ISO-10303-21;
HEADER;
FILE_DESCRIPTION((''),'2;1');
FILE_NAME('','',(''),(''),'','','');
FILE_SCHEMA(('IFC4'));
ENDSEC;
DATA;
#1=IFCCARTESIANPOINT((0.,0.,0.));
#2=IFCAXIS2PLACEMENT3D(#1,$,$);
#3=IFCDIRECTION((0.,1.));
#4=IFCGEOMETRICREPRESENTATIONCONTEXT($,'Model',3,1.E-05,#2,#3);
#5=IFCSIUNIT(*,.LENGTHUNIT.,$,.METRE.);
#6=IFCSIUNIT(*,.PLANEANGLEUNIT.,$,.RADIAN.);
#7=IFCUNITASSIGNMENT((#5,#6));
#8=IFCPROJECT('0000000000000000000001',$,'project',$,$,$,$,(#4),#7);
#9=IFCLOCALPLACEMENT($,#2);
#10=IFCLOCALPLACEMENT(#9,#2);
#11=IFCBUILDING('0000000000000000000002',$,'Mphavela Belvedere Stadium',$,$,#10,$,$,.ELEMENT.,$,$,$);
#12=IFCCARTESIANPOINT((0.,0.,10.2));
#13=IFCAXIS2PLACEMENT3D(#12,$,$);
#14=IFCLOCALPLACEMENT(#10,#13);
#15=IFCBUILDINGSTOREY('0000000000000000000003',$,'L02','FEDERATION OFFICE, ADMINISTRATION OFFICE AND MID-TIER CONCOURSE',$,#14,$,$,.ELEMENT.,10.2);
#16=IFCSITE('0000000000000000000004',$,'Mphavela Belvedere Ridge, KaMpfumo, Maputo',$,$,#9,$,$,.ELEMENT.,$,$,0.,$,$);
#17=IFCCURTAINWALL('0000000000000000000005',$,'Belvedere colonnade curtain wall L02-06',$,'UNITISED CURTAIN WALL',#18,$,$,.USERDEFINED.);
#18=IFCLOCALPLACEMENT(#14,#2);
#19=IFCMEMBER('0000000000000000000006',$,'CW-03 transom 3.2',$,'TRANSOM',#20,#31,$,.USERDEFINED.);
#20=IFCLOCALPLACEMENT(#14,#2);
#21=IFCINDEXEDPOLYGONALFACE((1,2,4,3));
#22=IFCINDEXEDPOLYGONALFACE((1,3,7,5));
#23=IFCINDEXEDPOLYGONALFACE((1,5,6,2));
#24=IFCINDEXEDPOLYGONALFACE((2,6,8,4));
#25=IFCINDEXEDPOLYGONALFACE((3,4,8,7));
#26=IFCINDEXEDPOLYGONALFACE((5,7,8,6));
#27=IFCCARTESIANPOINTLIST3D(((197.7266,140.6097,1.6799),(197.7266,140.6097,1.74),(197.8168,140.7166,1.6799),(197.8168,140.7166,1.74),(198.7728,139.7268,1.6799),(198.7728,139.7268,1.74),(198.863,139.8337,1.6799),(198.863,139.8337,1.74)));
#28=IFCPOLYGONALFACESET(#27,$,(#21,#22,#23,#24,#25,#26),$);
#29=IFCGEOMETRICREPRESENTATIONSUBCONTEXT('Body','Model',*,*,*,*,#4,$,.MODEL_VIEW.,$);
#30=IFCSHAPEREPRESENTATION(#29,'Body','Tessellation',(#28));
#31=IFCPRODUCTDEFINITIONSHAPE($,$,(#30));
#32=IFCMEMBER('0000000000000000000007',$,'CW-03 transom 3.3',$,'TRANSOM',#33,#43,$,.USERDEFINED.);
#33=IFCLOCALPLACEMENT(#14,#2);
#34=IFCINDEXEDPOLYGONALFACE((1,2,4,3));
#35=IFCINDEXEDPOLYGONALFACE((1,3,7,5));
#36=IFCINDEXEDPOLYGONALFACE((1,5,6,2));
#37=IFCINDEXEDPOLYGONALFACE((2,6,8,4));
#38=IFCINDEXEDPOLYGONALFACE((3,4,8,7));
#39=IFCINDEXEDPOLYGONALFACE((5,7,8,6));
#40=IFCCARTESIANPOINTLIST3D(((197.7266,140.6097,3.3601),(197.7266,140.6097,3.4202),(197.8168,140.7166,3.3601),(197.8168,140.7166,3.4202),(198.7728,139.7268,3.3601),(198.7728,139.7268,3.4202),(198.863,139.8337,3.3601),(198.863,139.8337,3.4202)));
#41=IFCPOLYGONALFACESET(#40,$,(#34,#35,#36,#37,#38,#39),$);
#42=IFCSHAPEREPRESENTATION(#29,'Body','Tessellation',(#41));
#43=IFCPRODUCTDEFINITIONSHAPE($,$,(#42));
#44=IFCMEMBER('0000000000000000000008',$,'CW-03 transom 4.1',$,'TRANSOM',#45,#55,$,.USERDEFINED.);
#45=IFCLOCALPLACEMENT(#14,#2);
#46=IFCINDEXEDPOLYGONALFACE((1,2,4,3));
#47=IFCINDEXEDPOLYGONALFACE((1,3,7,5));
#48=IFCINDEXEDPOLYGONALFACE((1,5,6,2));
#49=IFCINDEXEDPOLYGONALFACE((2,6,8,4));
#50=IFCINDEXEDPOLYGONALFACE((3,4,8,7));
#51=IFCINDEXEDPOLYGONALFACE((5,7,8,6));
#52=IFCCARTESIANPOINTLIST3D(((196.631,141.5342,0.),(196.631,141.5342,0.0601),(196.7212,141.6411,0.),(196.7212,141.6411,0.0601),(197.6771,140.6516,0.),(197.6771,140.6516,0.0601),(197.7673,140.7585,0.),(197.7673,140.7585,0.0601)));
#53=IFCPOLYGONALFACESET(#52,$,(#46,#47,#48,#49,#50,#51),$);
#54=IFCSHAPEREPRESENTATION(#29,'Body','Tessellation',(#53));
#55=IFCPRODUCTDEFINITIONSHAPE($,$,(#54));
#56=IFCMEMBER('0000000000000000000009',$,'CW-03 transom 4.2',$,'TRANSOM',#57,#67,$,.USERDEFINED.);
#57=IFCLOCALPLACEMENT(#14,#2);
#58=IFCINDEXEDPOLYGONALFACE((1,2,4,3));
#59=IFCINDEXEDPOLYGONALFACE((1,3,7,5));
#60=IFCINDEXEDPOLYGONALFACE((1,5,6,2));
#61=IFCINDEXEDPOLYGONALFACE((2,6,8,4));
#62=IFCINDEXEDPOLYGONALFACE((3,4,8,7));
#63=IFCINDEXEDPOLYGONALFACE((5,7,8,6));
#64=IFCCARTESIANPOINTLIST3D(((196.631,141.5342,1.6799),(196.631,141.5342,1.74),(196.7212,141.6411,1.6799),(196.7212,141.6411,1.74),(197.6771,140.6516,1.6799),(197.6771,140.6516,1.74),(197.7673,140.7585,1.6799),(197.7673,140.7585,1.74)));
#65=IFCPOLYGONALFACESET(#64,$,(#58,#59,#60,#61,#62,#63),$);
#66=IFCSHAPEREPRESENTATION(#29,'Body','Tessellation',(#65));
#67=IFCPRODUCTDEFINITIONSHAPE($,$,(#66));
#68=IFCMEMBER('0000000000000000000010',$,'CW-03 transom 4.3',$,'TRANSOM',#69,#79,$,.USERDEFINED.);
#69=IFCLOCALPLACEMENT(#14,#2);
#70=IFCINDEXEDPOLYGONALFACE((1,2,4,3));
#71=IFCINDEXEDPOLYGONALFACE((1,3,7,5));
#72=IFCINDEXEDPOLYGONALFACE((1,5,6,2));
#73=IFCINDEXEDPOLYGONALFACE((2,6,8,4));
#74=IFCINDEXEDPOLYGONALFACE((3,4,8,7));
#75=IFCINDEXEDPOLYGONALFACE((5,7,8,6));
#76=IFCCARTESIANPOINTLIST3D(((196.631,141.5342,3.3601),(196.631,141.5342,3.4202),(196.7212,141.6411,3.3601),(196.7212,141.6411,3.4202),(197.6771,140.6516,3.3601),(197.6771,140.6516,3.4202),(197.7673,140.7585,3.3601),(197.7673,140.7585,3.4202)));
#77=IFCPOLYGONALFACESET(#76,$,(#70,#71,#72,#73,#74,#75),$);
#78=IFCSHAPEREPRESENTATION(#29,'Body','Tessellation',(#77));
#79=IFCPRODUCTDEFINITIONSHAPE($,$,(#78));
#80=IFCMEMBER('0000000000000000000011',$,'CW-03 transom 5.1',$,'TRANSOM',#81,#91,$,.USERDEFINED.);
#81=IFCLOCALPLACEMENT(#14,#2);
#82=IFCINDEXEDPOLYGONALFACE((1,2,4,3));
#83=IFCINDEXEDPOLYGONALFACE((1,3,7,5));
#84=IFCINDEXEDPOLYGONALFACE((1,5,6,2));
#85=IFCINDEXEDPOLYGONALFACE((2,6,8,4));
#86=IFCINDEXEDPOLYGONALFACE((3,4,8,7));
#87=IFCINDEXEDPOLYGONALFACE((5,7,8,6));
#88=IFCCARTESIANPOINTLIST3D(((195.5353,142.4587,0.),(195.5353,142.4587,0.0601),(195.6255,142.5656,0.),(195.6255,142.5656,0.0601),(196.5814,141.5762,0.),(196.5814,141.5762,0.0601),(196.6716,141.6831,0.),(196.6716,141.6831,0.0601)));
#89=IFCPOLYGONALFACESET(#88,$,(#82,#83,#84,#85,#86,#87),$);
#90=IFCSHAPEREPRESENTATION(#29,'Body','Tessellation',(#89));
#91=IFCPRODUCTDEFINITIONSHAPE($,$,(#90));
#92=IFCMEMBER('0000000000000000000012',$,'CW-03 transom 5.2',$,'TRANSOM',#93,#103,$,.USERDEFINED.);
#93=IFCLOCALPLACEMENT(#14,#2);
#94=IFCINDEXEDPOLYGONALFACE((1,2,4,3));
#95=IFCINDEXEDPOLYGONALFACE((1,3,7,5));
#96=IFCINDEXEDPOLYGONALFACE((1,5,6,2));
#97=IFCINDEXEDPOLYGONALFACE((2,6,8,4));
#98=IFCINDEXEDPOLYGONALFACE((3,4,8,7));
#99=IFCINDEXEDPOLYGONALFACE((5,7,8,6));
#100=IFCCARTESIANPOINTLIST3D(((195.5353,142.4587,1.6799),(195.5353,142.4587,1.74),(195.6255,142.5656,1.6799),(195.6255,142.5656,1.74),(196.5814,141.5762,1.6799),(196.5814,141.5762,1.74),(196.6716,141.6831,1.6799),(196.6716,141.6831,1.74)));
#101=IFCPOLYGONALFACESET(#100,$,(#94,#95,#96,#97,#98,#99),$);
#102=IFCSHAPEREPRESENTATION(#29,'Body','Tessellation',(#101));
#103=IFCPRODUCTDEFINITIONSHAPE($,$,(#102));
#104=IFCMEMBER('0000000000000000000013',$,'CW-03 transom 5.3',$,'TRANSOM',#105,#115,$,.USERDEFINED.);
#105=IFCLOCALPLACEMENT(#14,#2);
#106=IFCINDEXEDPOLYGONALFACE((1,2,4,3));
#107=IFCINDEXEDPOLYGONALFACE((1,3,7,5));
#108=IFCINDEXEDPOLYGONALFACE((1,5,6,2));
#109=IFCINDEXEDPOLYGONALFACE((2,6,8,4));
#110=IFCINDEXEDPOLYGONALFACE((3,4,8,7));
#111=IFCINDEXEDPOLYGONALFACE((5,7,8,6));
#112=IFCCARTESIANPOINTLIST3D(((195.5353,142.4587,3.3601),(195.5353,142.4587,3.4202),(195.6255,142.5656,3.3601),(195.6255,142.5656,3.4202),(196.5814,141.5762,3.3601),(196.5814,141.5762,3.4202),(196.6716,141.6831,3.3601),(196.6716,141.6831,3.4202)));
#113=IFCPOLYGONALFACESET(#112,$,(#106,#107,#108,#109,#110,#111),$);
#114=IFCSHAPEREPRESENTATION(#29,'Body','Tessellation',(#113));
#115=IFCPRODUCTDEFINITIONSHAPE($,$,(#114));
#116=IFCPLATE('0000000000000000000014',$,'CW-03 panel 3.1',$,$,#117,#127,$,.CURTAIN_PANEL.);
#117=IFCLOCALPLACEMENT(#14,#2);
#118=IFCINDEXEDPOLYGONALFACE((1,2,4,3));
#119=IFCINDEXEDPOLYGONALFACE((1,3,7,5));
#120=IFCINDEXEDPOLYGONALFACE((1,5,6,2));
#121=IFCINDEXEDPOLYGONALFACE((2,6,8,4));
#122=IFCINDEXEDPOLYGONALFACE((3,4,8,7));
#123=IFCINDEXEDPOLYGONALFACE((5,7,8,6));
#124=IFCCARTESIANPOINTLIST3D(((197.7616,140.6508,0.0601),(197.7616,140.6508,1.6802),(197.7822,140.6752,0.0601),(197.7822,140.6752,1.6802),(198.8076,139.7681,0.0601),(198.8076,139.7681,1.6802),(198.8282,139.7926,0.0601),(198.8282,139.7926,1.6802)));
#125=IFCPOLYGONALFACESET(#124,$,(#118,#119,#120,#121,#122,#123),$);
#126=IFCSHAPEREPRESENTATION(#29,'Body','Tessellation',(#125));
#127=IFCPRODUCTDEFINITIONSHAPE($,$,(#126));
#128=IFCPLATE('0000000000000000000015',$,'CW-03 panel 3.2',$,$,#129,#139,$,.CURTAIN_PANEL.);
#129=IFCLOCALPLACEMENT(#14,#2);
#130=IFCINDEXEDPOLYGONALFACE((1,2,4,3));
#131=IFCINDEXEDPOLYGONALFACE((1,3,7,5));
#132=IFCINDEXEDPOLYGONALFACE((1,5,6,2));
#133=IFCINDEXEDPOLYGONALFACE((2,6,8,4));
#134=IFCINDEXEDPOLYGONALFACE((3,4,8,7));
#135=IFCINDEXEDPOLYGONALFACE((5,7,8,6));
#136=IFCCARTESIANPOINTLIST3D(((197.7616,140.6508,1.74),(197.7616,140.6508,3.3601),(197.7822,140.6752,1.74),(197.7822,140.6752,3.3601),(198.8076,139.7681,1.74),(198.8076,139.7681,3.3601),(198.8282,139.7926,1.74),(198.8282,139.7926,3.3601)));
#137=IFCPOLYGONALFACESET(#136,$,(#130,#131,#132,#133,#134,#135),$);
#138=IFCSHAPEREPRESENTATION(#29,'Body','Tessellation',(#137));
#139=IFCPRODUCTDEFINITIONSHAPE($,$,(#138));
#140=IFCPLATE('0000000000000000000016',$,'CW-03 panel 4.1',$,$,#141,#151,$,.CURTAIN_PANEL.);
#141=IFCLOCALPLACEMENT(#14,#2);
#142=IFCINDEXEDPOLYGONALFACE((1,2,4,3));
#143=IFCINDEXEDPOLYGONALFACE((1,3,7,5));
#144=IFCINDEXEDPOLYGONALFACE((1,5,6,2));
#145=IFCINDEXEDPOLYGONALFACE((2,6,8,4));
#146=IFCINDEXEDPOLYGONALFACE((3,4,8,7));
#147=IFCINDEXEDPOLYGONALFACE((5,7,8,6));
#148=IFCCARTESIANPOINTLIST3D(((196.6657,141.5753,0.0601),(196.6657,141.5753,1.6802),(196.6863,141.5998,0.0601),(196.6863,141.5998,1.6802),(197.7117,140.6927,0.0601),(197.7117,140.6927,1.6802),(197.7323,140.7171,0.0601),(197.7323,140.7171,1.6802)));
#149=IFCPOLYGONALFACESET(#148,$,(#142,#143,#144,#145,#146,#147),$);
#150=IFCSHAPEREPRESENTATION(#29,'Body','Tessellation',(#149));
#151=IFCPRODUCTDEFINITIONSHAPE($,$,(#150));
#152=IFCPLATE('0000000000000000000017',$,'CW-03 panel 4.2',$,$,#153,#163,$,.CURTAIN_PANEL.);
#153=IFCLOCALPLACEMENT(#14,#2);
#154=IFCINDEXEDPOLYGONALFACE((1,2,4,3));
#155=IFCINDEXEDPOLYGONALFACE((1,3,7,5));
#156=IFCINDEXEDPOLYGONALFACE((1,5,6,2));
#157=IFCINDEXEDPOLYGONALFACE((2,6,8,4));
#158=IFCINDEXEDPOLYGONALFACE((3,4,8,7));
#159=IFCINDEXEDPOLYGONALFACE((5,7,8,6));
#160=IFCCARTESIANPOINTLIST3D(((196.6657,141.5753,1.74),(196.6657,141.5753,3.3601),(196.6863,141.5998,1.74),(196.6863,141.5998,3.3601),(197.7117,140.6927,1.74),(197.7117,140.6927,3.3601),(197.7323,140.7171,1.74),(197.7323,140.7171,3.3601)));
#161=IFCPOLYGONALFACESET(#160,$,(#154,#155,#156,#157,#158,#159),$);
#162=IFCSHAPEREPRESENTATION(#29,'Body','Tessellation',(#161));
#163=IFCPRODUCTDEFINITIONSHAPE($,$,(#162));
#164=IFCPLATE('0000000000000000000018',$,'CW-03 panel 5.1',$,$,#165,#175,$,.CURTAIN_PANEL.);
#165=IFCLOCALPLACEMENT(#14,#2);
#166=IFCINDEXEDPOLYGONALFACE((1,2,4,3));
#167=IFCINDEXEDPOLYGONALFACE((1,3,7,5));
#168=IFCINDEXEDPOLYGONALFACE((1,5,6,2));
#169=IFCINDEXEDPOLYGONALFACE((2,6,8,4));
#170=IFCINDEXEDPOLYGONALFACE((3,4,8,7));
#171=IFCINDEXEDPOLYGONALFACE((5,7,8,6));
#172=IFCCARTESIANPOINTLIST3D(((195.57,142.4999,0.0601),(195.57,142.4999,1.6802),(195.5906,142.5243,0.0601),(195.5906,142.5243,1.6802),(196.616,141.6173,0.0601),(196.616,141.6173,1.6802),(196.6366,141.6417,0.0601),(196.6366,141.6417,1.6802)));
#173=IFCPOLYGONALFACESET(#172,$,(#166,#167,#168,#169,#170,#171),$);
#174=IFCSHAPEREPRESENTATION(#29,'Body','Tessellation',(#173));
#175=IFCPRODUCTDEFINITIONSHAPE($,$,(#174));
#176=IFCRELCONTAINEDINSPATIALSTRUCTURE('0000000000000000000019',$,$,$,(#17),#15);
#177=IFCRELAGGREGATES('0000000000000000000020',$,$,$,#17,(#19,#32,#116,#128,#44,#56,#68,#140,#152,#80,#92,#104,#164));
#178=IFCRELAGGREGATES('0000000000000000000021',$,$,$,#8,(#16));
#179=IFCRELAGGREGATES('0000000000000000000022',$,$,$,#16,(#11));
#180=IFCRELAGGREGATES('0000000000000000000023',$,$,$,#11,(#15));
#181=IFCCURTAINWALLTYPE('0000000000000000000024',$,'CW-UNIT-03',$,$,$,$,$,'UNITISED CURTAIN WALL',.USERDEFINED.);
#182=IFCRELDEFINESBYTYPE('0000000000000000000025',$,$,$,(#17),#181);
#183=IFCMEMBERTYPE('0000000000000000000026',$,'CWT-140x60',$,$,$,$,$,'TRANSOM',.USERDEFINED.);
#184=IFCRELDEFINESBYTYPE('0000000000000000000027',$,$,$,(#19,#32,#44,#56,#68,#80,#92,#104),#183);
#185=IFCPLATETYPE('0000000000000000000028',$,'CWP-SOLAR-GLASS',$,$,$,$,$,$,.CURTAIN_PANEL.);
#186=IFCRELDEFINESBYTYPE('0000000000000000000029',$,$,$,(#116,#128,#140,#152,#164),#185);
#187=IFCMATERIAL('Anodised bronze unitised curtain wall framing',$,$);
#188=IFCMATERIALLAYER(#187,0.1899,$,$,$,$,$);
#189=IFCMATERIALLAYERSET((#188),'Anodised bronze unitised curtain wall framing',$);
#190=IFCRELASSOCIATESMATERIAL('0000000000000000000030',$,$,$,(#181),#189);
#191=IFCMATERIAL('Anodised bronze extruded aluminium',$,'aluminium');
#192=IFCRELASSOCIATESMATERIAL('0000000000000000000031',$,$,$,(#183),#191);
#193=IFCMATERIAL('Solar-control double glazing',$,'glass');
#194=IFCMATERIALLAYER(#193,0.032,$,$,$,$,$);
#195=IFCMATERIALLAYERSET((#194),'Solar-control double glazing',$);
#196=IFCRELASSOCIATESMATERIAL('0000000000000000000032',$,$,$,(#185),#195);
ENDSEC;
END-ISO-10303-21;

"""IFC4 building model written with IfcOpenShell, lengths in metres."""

from ifc_helpers import new_model, si_unit, direction, frame, origin, origin_2d, place, context, subcontext, project, spatial, rectangle, extrude, material, layer, layer_set, material_profile, profile_set, type_object, element, aggregate, save


model = new_model("IFC4")

# Units and contexts
model_context = context("Model", 3, precision=1e-05, world=origin(), true_north=direction((0.0, 1.0)))
body_context = subcontext(model_context, "Body", "Model", "MODEL_VIEW")
ifc_project = project(units=[si_unit("LENGTHUNIT", "METRE"), si_unit("PLANEANGLEUNIT", "RADIAN")], contexts=[model_context])

# Site, building, storey
site_placement = place(None, origin())
site = spatial("IfcSite", under=ifc_project, at=site_placement, Name="Mphavela Belvedere Ridge, KaMpfumo, Maputo", CompositionType="ELEMENT", RefElevation=0.0)
building_placement = place(site_placement, origin())
building = spatial("IfcBuilding", under=site, at=building_placement, Name="Mphavela Belvedere Stadium", CompositionType="ELEMENT")
storey_placement = place(building_placement, frame((0.0, 0.0, 10.2)))
storey = spatial("IfcBuildingStorey", under=building, at=storey_placement, Name="L02", Description="FEDERATION OFFICE, ADMINISTRATION OFFICE AND MID-TIER CONCOURSE", CompositionType="ELEMENT", Elevation=10.2)

# Curtain wall, members, plates
ifc_material_1 = material(Name="Anodised bronze unitised curtain wall framing")
ifc_layer_1 = layer(ifc_material_1, 0.1899)
ifc_layer_set_1 = layer_set([ifc_layer_1], Name="Anodised bronze unitised curtain wall framing")
curtain_wall_type = type_object("IfcCurtainWallType", Name="CW-UNIT-03", ElementType="UNITISED CURTAIN WALL", PredefinedType="USERDEFINED", material=ifc_layer_set_1)
curtain_wall_placement = place(storey_placement, origin())
curtain_wall = element("IfcCurtainWall", 1, at=curtain_wall_placement, inside=storey, type_object=curtain_wall_type, Name="Belvedere colonnade curtain wall L02-06", ObjectType="UNITISED CURTAIN WALL", PredefinedType="USERDEFINED")
ifc_material_2 = material(Name="Anodised bronze extruded aluminium", Category="aluminium")
ifc_material_profile_1 = material_profile(ifc_material_2, rectangle(XDim=0.1399, YDim=0.0601, at=origin_2d()), Name="CW-TRN 140x60")
ifc_profile_set_1 = profile_set([ifc_material_profile_1], Name="Anodised bronze extruded aluminium")
member_type_1 = type_object("IfcMemberType", Name="CWT-140x60", ElementType="TRANSOM", PredefinedType="USERDEFINED", material=ifc_profile_set_1)
member_1_placement = place(storey_placement, frame((198.8179, 139.7803, 1.71), z_axis=(-0.764245, 0.644926, 0.0), x_axis=(-0.644926, -0.764245, 0.0)))
member_1 = element("IfcMember", 2, at=member_1_placement, type_object=member_type_1, Name="CW-03 transom 3.2", ObjectType="TRANSOM", PredefinedType="USERDEFINED", context=body_context, shape_type="SweptSolid", body=[
    extrude(rectangle(XDim=0.1399, YDim=0.0601, at=origin_2d()), origin(), (0.0, 0.0, 1.0), 1.3689),
])
member_2_placement = place(storey_placement, frame((198.8179, 139.7803, 3.3901), z_axis=(-0.764245, 0.644926, 0.0), x_axis=(-0.644926, -0.764245, 0.0)))
member_2 = element("IfcMember", 3, at=member_2_placement, type_object=member_type_1, Name="CW-03 transom 3.3", ObjectType="TRANSOM", PredefinedType="USERDEFINED", context=body_context, shape_type="SweptSolid", body=[
    extrude(rectangle(XDim=0.1399, YDim=0.0601, at=origin_2d()), origin(), (0.0, 0.0, 1.0), 1.3689),
])
member_3_placement = place(storey_placement, frame((197.7222, 140.7051, 0.03), z_axis=(-0.764333, 0.644822, 0.0), x_axis=(-0.644822, -0.764333, 0.0)))
member_3 = element("IfcMember", 4, at=member_3_placement, type_object=member_type_1, Name="CW-03 transom 4.1", ObjectType="TRANSOM", PredefinedType="USERDEFINED", context=body_context, shape_type="SweptSolid", body=[
    extrude(rectangle(XDim=0.1399, YDim=0.0601, at=origin_2d()), origin(), (0.0, 0.0, 1.0), 1.3687),
])
member_4_placement = place(storey_placement, frame((197.7222, 140.7051, 1.71), z_axis=(-0.764333, 0.644822, 0.0), x_axis=(-0.644822, -0.764333, 0.0)))
member_4 = element("IfcMember", 5, at=member_4_placement, type_object=member_type_1, Name="CW-03 transom 4.2", ObjectType="TRANSOM", PredefinedType="USERDEFINED", context=body_context, shape_type="SweptSolid", body=[
    extrude(rectangle(XDim=0.1399, YDim=0.0601, at=origin_2d()), origin(), (0.0, 0.0, 1.0), 1.3687),
])
member_5_placement = place(storey_placement, frame((197.7222, 140.7051, 3.3901), z_axis=(-0.764333, 0.644822, 0.0), x_axis=(-0.644822, -0.764333, 0.0)))
member_5 = element("IfcMember", 6, at=member_5_placement, type_object=member_type_1, Name="CW-03 transom 4.3", ObjectType="TRANSOM", PredefinedType="USERDEFINED", context=body_context, shape_type="SweptSolid", body=[
    extrude(rectangle(XDim=0.1399, YDim=0.0601, at=origin_2d()), origin(), (0.0, 0.0, 1.0), 1.3687),
])
member_6_placement = place(storey_placement, frame((196.6265, 141.6296, 0.03), z_axis=(-0.764333, 0.644822, 0.0), x_axis=(-0.644822, -0.764333, 0.0)))
member_6 = element("IfcMember", 7, at=member_6_placement, type_object=member_type_1, Name="CW-03 transom 5.1", ObjectType="TRANSOM", PredefinedType="USERDEFINED", context=body_context, shape_type="SweptSolid", body=[
    extrude(rectangle(XDim=0.1399, YDim=0.0601, at=origin_2d()), origin(), (0.0, 0.0, 1.0), 1.3687),
])
member_7_placement = place(storey_placement, frame((196.6265, 141.6296, 1.71), z_axis=(-0.764333, 0.644822, 0.0), x_axis=(-0.644822, -0.764333, 0.0)))
member_7 = element("IfcMember", 8, at=member_7_placement, type_object=member_type_1, Name="CW-03 transom 5.2", ObjectType="TRANSOM", PredefinedType="USERDEFINED", context=body_context, shape_type="SweptSolid", body=[
    extrude(rectangle(XDim=0.1399, YDim=0.0601, at=origin_2d()), origin(), (0.0, 0.0, 1.0), 1.3687),
])
member_8_placement = place(storey_placement, frame((196.6265, 141.6296, 3.3901), z_axis=(-0.764333, 0.644822, 0.0), x_axis=(-0.644822, -0.764333, 0.0)))
member_8 = element("IfcMember", 9, at=member_8_placement, type_object=member_type_1, Name="CW-03 transom 5.3", ObjectType="TRANSOM", PredefinedType="USERDEFINED", context=body_context, shape_type="SweptSolid", body=[
    extrude(rectangle(XDim=0.1399, YDim=0.0601, at=origin_2d()), origin(), (0.0, 0.0, 1.0), 1.3687),
])
ifc_material_3 = material(Name="Solar-control double glazing", Category="glass")
ifc_layer_2 = layer(ifc_material_3, 0.032)
ifc_layer_set_2 = layer_set([ifc_layer_2], Name="Solar-control double glazing")
plate_type = type_object("IfcPlateType", Name="CWP-SOLAR-GLASS", PredefinedType="CURTAIN_PANEL", material=ifc_layer_set_2)
plate_1_placement = place(storey_placement, frame((198.2949, 140.2217, 0.0601), z_axis=(0.0, 0.0, 1.0), x_axis=(-0.764261, 0.644907, 0.0)))
plate_1 = element("IfcPlate", 10, at=plate_1_placement, type_object=plate_type, Name="CW-03 panel 3.1", PredefinedType="CURTAIN_PANEL", context=body_context, shape_type="SweptSolid", body=[
    extrude(rectangle(XDim=1.3687, YDim=0.032, at=origin_2d()), origin(), (0.0, 0.0, 1.0), 1.6201),
])
plate_2_placement = place(storey_placement, frame((198.2949, 140.2217, 1.74), z_axis=(0.0, 0.0, 1.0), x_axis=(-0.764261, 0.644907, 0.0)))
plate_2 = element("IfcPlate", 11, at=plate_2_placement, type_object=plate_type, Name="CW-03 panel 3.2", PredefinedType="CURTAIN_PANEL", context=body_context, shape_type="SweptSolid", body=[
    extrude(rectangle(XDim=1.3687, YDim=0.032, at=origin_2d()), origin(), (0.0, 0.0, 1.0), 1.6201),
])
plate_3_placement = place(storey_placement, frame((197.199, 141.1462, 0.0601), z_axis=(0.0, 0.0, 1.0), x_axis=(-0.764261, 0.644907, 0.0)))
plate_3 = element("IfcPlate", 12, at=plate_3_placement, type_object=plate_type, Name="CW-03 panel 4.1", PredefinedType="CURTAIN_PANEL", context=body_context, shape_type="SweptSolid", body=[
    extrude(rectangle(XDim=1.3687, YDim=0.032, at=origin_2d()), origin(), (0.0, 0.0, 1.0), 1.6201),
])
plate_4_placement = place(storey_placement, frame((197.199, 141.1462, 1.74), z_axis=(0.0, 0.0, 1.0), x_axis=(-0.764261, 0.644907, 0.0)))
plate_4 = element("IfcPlate", 13, at=plate_4_placement, type_object=plate_type, Name="CW-03 panel 4.2", PredefinedType="CURTAIN_PANEL", context=body_context, shape_type="SweptSolid", body=[
    extrude(rectangle(XDim=1.3687, YDim=0.032, at=origin_2d()), origin(), (0.0, 0.0, 1.0), 1.6201),
])
plate_5_placement = place(storey_placement, frame((196.1033, 142.0708, 0.0601), z_axis=(0.0, 0.0, 1.0), x_axis=(-0.764261, 0.644907, 0.0)))
plate_5 = element("IfcPlate", 14, at=plate_5_placement, type_object=plate_type, Name="CW-03 panel 5.1", PredefinedType="CURTAIN_PANEL", context=body_context, shape_type="SweptSolid", body=[
    extrude(rectangle(XDim=1.3687, YDim=0.032, at=origin_2d()), origin(), (0.0, 0.0, 1.0), 1.6201),
])
aggregate(curtain_wall, [member_1, member_2, plate_1, plate_2, member_3, member_4, member_5, plate_3, plate_4, member_6, member_7, member_8, plate_5])

save(model, "model.ifc")
